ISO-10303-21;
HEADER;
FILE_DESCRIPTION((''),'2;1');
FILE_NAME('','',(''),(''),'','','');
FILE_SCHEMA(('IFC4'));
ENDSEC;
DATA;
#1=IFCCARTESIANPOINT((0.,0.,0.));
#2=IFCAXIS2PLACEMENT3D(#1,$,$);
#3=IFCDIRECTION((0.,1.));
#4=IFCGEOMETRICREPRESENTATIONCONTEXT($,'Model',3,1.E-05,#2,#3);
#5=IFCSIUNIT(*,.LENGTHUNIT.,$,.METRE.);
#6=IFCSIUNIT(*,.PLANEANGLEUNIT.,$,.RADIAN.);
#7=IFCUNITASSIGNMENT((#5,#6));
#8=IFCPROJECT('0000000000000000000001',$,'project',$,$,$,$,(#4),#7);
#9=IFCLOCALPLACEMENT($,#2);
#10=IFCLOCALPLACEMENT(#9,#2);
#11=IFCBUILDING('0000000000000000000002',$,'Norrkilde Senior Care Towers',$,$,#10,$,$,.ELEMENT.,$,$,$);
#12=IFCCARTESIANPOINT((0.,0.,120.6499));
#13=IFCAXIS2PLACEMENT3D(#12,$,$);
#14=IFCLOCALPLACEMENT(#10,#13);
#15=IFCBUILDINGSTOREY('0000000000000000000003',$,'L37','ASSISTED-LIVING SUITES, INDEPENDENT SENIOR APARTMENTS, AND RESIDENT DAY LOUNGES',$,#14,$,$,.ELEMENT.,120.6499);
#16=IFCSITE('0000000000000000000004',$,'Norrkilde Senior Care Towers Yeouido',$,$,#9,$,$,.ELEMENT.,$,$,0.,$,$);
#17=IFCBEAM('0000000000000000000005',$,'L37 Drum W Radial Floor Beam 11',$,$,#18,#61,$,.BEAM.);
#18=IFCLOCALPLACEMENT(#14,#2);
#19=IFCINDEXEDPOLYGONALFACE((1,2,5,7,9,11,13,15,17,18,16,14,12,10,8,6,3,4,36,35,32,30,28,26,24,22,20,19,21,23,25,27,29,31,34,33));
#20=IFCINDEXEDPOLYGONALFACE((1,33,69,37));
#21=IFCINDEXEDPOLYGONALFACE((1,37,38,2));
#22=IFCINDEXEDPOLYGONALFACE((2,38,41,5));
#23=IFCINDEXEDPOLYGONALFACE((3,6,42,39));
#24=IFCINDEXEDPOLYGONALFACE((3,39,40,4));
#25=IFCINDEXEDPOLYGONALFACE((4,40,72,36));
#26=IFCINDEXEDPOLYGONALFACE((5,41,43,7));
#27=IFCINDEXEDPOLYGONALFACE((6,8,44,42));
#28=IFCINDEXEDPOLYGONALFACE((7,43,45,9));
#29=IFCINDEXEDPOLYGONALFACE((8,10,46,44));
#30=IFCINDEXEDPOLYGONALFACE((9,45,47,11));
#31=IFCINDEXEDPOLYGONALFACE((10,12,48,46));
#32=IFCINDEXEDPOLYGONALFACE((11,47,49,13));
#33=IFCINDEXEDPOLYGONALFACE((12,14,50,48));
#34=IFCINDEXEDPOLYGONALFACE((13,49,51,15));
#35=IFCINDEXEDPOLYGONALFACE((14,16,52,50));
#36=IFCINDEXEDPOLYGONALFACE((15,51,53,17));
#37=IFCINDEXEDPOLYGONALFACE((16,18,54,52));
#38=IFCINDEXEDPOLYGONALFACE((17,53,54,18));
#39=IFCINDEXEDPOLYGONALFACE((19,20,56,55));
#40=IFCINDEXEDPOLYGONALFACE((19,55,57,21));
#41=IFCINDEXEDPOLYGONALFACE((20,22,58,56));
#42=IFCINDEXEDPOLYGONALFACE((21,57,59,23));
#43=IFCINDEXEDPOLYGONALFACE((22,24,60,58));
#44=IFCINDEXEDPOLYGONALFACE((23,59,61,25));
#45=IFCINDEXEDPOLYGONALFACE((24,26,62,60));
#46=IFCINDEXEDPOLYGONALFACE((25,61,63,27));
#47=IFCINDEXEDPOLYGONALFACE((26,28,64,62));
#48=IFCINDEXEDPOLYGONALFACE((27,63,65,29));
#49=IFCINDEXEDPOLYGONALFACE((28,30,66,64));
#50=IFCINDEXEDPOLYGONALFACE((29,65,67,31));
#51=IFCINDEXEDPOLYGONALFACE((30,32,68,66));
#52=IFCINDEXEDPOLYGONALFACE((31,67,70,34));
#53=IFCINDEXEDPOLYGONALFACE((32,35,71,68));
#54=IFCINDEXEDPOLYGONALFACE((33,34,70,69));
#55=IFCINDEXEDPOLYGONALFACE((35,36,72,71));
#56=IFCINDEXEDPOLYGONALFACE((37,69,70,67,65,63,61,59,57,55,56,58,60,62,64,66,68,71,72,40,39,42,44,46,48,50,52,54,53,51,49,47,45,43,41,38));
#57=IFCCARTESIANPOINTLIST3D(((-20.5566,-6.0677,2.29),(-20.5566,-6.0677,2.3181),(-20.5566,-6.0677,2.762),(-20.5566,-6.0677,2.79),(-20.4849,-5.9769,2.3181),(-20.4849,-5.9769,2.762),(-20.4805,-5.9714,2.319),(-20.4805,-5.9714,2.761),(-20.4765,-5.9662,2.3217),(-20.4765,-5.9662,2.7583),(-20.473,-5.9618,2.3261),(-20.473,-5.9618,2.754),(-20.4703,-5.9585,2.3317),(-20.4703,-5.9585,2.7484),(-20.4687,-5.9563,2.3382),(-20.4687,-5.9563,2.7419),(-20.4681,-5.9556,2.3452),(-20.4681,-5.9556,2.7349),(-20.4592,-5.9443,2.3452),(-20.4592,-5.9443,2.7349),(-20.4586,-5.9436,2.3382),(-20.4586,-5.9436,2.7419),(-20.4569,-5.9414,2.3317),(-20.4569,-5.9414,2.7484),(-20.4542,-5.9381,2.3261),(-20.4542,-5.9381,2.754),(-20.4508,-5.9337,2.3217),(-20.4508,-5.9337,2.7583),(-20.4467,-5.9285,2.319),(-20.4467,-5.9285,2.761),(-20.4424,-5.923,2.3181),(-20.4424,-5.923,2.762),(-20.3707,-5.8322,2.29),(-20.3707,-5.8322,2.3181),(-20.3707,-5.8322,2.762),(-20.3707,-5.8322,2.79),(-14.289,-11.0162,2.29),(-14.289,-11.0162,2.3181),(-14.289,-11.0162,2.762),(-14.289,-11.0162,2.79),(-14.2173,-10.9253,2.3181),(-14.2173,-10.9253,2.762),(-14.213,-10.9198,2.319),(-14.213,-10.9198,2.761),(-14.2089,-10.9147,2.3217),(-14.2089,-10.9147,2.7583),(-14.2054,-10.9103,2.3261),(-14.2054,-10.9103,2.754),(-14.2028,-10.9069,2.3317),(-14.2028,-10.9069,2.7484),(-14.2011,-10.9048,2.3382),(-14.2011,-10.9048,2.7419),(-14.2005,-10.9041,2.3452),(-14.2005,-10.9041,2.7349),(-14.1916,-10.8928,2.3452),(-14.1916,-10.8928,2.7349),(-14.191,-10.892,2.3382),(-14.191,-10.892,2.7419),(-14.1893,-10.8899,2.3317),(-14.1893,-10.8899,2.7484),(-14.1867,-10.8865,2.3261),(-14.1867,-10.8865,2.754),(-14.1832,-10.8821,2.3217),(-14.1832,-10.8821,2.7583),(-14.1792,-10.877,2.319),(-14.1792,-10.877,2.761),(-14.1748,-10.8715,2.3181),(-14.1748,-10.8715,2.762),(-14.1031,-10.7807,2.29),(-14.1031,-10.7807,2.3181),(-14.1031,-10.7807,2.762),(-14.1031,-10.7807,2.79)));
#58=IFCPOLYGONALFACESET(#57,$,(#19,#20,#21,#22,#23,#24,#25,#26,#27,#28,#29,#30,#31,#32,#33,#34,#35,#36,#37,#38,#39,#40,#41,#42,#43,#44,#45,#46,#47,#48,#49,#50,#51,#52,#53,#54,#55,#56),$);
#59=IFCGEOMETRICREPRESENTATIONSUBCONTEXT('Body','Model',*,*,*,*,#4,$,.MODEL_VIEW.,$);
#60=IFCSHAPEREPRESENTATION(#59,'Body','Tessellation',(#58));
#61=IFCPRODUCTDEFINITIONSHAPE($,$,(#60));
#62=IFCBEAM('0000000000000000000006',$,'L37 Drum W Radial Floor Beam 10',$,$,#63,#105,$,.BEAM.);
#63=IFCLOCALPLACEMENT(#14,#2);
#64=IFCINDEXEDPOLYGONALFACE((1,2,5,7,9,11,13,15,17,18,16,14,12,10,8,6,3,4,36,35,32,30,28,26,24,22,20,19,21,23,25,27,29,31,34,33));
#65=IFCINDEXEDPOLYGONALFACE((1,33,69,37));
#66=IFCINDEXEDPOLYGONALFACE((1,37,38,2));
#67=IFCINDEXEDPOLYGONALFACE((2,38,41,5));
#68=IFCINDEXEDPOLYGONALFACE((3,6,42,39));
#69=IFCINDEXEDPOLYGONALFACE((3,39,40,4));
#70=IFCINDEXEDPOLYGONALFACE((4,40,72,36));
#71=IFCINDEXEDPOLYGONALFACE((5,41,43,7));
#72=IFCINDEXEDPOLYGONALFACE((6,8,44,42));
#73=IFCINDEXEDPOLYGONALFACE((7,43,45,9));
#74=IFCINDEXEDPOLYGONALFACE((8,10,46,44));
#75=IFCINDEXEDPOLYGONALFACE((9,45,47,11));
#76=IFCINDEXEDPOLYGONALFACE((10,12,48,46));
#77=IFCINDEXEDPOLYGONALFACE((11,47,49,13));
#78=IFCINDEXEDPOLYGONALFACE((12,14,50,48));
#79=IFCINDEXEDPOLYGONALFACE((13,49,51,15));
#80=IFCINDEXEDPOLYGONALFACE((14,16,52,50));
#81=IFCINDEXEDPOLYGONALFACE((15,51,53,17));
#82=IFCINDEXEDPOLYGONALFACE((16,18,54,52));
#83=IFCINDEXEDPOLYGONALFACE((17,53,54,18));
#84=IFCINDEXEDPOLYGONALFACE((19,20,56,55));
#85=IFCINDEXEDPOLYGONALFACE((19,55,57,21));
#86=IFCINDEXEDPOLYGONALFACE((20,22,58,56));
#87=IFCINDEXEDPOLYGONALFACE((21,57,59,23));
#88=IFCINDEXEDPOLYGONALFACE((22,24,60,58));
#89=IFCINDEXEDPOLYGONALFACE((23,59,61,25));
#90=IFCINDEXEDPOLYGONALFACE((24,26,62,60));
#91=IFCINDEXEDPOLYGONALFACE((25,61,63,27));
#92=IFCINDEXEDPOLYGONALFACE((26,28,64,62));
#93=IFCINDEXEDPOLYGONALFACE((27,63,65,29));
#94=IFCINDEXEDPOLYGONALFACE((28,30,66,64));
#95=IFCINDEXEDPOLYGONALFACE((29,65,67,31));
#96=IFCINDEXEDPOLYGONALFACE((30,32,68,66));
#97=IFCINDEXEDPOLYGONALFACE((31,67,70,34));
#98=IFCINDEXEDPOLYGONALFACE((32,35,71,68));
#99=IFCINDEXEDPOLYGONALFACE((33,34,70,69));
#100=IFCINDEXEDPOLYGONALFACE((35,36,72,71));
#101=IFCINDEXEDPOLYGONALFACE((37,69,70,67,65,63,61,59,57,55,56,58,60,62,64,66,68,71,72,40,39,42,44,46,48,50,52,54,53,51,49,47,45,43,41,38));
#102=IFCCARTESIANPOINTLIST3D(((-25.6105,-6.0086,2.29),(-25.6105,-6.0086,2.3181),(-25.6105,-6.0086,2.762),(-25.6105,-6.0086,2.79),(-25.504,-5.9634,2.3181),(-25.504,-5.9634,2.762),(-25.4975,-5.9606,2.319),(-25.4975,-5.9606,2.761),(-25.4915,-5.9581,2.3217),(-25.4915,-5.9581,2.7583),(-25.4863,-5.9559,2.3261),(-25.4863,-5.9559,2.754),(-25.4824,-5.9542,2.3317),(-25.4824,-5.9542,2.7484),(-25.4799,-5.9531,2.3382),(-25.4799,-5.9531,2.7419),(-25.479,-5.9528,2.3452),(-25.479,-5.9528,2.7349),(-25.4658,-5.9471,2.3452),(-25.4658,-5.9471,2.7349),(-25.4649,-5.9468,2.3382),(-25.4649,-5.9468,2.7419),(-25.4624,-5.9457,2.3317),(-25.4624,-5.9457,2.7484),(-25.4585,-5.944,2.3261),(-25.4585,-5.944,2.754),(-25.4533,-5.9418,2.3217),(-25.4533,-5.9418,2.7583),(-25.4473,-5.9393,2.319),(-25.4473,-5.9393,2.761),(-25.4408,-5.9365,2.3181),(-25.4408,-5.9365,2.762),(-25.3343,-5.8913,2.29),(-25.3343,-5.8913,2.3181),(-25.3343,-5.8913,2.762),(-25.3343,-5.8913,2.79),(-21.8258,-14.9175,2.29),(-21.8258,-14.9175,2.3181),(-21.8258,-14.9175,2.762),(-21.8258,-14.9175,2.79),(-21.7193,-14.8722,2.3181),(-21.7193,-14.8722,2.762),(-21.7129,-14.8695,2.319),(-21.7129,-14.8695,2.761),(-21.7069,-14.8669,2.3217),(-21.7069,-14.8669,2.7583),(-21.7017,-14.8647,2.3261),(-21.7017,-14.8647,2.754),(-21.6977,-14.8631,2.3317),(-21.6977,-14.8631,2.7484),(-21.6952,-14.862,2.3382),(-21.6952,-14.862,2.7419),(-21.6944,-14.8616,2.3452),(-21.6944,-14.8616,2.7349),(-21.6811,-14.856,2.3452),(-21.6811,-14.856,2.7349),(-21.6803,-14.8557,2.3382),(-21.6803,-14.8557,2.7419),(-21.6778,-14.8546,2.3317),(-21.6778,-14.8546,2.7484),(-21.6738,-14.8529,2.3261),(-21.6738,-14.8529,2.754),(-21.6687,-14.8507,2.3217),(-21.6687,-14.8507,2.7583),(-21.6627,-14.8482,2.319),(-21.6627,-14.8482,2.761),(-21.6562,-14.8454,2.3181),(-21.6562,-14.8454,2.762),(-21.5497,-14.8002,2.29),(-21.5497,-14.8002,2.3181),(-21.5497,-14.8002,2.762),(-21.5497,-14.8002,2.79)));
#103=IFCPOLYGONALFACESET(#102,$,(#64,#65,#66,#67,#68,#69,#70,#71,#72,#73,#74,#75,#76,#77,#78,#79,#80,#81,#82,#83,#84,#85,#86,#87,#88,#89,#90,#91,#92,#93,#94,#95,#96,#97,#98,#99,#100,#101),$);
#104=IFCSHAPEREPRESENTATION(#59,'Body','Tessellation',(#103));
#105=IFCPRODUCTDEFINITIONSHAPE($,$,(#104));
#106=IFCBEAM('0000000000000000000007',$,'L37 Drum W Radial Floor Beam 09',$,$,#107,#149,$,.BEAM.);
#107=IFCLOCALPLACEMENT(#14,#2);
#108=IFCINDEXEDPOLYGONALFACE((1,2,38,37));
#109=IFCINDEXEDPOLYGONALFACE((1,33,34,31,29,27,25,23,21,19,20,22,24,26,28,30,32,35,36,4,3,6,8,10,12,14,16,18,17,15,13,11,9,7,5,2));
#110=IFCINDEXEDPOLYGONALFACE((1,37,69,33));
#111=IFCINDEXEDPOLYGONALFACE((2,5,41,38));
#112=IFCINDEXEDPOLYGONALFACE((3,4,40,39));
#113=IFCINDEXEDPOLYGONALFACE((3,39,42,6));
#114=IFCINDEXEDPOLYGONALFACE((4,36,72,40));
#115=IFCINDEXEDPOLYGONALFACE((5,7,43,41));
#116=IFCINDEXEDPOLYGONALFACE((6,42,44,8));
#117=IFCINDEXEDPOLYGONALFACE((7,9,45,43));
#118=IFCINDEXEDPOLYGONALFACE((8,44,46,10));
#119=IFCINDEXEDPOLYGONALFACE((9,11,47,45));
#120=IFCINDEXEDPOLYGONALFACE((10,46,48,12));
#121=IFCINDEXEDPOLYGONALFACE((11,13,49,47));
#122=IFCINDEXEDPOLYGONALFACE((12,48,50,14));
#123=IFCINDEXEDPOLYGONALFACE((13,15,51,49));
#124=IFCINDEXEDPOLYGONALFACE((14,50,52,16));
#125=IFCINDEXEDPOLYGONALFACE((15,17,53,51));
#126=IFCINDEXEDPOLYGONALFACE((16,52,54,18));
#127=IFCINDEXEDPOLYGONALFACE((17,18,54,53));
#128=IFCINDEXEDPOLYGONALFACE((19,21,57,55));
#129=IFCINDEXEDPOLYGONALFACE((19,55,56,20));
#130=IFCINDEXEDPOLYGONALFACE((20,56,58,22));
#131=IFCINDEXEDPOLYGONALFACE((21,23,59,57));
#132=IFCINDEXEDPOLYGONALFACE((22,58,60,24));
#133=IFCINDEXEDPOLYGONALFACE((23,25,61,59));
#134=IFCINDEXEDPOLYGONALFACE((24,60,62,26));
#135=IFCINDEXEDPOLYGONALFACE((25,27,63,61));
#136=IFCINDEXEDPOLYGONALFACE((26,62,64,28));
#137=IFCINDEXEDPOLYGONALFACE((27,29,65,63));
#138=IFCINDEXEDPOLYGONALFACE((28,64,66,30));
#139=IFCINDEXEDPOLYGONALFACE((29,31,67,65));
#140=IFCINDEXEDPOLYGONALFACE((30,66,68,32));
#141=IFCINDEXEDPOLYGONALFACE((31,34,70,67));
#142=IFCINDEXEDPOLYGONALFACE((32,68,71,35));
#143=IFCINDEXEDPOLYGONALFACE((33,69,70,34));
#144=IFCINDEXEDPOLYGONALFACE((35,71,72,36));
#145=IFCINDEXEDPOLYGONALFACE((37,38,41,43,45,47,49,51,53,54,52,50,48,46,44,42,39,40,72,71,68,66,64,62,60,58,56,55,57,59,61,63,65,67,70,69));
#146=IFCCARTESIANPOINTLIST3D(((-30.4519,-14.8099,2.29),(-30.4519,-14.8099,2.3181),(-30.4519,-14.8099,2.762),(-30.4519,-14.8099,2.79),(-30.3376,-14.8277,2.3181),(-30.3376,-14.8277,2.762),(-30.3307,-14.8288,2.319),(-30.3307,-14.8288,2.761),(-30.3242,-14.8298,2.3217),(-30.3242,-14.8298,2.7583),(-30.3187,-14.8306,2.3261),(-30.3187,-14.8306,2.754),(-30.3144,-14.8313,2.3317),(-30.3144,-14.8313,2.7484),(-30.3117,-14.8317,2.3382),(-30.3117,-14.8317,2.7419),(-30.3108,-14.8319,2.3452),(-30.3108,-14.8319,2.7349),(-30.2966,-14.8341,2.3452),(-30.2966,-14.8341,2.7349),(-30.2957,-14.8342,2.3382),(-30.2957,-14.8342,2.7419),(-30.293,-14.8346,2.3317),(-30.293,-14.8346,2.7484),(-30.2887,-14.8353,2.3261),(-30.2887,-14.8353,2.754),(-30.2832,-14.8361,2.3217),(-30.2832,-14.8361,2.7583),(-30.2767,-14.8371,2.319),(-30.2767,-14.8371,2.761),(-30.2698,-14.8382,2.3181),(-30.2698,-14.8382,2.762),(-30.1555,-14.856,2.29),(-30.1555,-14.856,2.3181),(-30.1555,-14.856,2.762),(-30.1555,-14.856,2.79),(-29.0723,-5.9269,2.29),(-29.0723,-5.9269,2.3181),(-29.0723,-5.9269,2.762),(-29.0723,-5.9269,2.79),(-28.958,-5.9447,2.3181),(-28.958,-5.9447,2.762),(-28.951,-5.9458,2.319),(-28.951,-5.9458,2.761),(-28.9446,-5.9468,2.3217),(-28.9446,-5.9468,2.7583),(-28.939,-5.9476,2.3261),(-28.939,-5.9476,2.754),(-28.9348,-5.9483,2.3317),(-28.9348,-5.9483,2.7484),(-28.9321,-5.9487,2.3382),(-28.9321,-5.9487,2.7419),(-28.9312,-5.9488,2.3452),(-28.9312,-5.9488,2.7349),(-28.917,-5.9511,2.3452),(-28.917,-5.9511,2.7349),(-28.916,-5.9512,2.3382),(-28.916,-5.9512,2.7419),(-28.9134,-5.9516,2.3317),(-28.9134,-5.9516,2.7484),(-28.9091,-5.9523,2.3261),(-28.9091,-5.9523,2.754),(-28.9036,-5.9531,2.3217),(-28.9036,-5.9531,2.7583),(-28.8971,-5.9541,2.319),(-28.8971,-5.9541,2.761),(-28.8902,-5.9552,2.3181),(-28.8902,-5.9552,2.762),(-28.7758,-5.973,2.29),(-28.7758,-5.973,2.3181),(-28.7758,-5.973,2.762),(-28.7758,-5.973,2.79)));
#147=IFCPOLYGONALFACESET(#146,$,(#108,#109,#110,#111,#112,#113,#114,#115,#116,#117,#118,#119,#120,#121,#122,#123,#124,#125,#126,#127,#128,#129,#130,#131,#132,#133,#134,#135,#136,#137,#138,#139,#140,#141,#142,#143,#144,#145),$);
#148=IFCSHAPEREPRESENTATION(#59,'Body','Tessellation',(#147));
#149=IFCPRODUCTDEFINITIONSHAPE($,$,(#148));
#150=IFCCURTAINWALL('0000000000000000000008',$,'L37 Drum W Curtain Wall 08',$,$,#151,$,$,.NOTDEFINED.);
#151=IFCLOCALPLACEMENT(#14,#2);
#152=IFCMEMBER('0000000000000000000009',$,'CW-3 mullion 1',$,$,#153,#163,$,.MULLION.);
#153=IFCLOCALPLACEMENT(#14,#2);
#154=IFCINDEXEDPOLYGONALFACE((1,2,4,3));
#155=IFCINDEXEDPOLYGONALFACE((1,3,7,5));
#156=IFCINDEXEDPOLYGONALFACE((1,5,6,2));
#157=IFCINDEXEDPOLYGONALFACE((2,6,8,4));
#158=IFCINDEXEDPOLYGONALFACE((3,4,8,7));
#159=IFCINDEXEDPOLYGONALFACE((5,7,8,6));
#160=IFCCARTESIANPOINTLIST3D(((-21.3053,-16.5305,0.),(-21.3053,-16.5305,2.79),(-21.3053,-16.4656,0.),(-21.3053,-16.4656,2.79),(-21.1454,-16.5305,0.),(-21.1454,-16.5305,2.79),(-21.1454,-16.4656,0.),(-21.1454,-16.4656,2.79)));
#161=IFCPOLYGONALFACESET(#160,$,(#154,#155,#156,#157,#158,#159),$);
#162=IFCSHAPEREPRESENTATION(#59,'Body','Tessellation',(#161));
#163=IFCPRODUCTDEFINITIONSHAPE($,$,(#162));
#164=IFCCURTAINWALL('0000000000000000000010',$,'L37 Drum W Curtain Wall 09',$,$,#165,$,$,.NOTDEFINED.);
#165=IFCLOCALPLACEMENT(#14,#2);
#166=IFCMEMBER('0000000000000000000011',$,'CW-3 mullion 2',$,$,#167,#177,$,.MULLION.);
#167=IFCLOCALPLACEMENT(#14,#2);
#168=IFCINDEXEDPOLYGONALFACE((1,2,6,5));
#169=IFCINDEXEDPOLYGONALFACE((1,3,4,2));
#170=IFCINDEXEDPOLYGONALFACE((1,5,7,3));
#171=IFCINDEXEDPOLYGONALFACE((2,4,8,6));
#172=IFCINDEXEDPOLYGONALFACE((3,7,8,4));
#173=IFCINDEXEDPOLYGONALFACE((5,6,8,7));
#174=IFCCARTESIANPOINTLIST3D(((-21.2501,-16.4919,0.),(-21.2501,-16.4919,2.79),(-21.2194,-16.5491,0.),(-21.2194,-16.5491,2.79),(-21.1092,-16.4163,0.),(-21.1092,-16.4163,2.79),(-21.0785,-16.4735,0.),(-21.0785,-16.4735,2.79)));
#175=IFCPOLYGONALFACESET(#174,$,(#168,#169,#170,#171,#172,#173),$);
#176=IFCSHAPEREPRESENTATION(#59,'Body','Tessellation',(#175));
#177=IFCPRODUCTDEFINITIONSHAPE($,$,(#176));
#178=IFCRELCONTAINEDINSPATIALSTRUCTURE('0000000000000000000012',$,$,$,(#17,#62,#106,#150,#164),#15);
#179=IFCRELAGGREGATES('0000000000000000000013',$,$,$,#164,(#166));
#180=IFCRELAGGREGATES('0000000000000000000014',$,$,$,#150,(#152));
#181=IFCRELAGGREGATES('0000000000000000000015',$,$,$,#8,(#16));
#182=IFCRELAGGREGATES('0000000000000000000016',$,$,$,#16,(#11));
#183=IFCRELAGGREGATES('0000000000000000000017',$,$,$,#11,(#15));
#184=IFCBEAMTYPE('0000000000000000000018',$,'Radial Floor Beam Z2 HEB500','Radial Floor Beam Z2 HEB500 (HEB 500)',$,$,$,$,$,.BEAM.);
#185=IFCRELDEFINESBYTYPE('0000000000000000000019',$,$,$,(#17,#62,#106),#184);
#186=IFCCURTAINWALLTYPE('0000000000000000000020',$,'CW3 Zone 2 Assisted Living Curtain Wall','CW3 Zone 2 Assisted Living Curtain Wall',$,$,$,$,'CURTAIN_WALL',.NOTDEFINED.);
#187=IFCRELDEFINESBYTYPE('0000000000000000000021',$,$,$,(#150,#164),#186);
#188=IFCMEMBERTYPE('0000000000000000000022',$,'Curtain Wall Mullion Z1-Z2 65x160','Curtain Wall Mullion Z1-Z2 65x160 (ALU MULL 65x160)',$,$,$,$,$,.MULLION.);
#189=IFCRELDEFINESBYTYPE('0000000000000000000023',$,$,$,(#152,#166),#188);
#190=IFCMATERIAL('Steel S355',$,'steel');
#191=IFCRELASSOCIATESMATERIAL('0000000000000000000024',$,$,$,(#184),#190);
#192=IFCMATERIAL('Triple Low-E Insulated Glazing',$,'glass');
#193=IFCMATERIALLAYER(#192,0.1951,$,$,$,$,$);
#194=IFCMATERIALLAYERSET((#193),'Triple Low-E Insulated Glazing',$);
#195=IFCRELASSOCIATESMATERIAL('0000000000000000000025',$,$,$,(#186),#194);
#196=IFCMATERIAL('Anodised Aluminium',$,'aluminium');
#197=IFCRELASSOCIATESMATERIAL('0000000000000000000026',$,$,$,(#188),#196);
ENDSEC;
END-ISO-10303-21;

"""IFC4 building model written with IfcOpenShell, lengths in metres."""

from ifc_helpers import new_model, si_unit, direction, frame, origin, origin_2d, place, context, subcontext, project, spatial, rectangle, i_section, extrude, source, transform, mapped, material, layer, layer_set, material_profile, profile_set, type_object, type_shapes, element, aggregate, save


model = new_model("IFC4")

# Units and contexts
model_context = context("Model", 3, precision=1e-05, world=origin(), true_north=direction((0.0, 1.0)))
body_context = subcontext(model_context, "Body", "Model", "MODEL_VIEW")
ifc_project = project(units=[si_unit("LENGTHUNIT", "METRE"), si_unit("PLANEANGLEUNIT", "RADIAN")], contexts=[model_context])

# Site, building, storey
site_placement = place(None, origin())
site = spatial("IfcSite", under=ifc_project, at=site_placement, Name="Norrkilde Senior Care Towers Yeouido", CompositionType="ELEMENT", RefElevation=0.0)
building_placement = place(site_placement, origin())
building = spatial("IfcBuilding", under=site, at=building_placement, Name="Norrkilde Senior Care Towers", CompositionType="ELEMENT")
storey_placement = place(building_placement, frame((0.0, 0.0, 120.6499)))
storey = spatial("IfcBuildingStorey", under=building, at=storey_placement, Name="L37", Description="ASSISTED-LIVING SUITES, INDEPENDENT SENIOR APARTMENTS, AND RESIDENT DAY LOUNGES", CompositionType="ELEMENT", Elevation=120.6499)

# Beams
ifc_material_1 = material(Name="Steel S355", Category="steel")
ifc_material_profile_1 = material_profile(ifc_material_1, i_section(OverallWidth=0.3, OverallDepth=0.5, WebThickness=0.0144, FlangeThickness=0.0281, FilletRadius=0.0271, at=origin_2d()), Name="HEB 500")
ifc_profile_set_1 = profile_set([ifc_material_profile_1], Name="Steel S355")
beam_type_1 = type_object("IfcBeamType", Name="Radial Floor Beam Z2 HEB500", Description="Radial Floor Beam Z2 HEB500 (HEB 500)", PredefinedType="BEAM", material=ifc_profile_set_1)
shared_shape_1 = source(origin(), body_context, "Body", "SweptSolid", [
    extrude(i_section(OverallWidth=0.3, OverallDepth=0.5, WebThickness=0.0144, FlangeThickness=0.0281, FilletRadius=0.0271, at=origin_2d()), origin(), (0.0, 0.0, 1.0), 7.9856),
])
beam_1_placement = place(storey_placement, frame((-20.4636, -5.95, 2.54), z_axis=(0.784859, -0.619675, 0.0), x_axis=(0.619675, 0.784859, 0.0)))
element("IfcBeam", 1, at=beam_1_placement, inside=storey, type_object=beam_type_1, Name="L37 Drum W Radial Floor Beam 11", PredefinedType="BEAM", context=body_context, shape_type="MappedRepresentation", body=[
    mapped(shared_shape_1, transform((0.0, 0.0, 0.0), x_axis=(1.0, 0.0, 0.0), y_axis=(0.0, 1.0, 0.0), z_axis=(0.0, 0.0, 1.0), scale=1.0)),
])
shared_shape_2 = source(origin(), body_context, "Body", "SweptSolid", [
    extrude(i_section(OverallWidth=0.3, OverallDepth=0.5, WebThickness=0.0144, FlangeThickness=0.0281, FilletRadius=0.0271, at=origin_2d()), origin(), (0.0, 0.0, 1.0), 9.6794),
])
beam_2_placement = place(storey_placement, frame((-25.4724, -5.95, 2.54), z_axis=(0.390998, -0.920392, 0.0), x_axis=(0.920392, 0.390998, 0.0)))
element("IfcBeam", 2, at=beam_2_placement, inside=storey, type_object=beam_type_1, Name="L37 Drum W Radial Floor Beam 10", PredefinedType="BEAM", context=body_context, shape_type="MappedRepresentation", body=[
    mapped(shared_shape_2, transform((0.0, 0.0, 0.0), x_axis=(1.0, 0.0, 0.0), y_axis=(0.0, 1.0, 0.0), z_axis=(0.0, 0.0, 1.0), scale=1.0)),
])
shared_shape_3 = source(origin(), body_context, "Body", "SweptSolid", [
    extrude(i_section(OverallWidth=0.3, OverallDepth=0.5, WebThickness=0.0144, FlangeThickness=0.0281, FilletRadius=0.0271, at=origin_2d()), origin(), (0.0, 0.0, 1.0), 8.9895),
])
beam_3_placement = place(storey_placement, frame((-28.9241, -5.95, 2.54), z_axis=(-0.153471, -0.988153, 0.0), x_axis=(0.988153, -0.153471, 0.0)))
element("IfcBeam", 3, at=beam_3_placement, inside=storey, type_object=beam_type_1, Name="L37 Drum W Radial Floor Beam 09", PredefinedType="BEAM", context=body_context, shape_type="MappedRepresentation", body=[
    mapped(shared_shape_3, transform((0.0, 0.0, 0.0), x_axis=(1.0, 0.0, 0.0), y_axis=(0.0, 1.0, 0.0), z_axis=(0.0, 0.0, 1.0), scale=1.0)),
])

# Curtain walls, members
ifc_material_2 = material(Name="Triple Low-E Insulated Glazing", Category="glass")
ifc_layer_1 = layer(ifc_material_2, 0.1951)
ifc_layer_set_1 = layer_set([ifc_layer_1], Name="Triple Low-E Insulated Glazing")
curtain_wall_type = type_object("IfcCurtainWallType", Name="CW3 Zone 2 Assisted Living Curtain Wall", Description="CW3 Zone 2 Assisted Living Curtain Wall", ElementType="CURTAIN_WALL", PredefinedType="NOTDEFINED", material=ifc_layer_set_1)
curtain_wall_1_placement = place(storey_placement, origin())
curtain_wall_1 = element("IfcCurtainWall", 4, at=curtain_wall_1_placement, inside=storey, type_object=curtain_wall_type, Name="L37 Drum W Curtain Wall 08", PredefinedType="NOTDEFINED")
ifc_material_3 = material(Name="Anodised Aluminium", Category="aluminium")
ifc_material_profile_2 = material_profile(ifc_material_3, rectangle(XDim=0.0649, YDim=0.1599, at=origin_2d()), Name="ALU MULL 65x160")
ifc_profile_set_2 = profile_set([ifc_material_profile_2], Name="Anodised Aluminium")
member_type_1 = type_object("IfcMemberType", Name="Curtain Wall Mullion Z1-Z2 65x160", Description="Curtain Wall Mullion Z1-Z2 65x160 (ALU MULL 65x160)", PredefinedType="MULLION", material=ifc_profile_set_2)
shared_shape_4 = source(origin(), body_context, "Body", "SweptSolid", [
    extrude(rectangle(XDim=0.0649, YDim=0.1599, at=origin_2d()), origin(), (0.0, 0.0, 1.0), 2.79),
])
type_shapes(member_type_1, [shared_shape_4])
member_1_placement = place(storey_placement, frame((-21.2253, -16.498, 0.0), z_axis=(0.0, 0.0, 1.0), x_axis=(0.0, -1.0, 0.0)))
member_1 = element("IfcMember", 5, at=member_1_placement, type_object=member_type_1, Name="CW-3 mullion 1", PredefinedType="MULLION", context=body_context, shape_type="MappedRepresentation", body=[
    mapped(shared_shape_4, transform((0.0, 0.0, 0.0), x_axis=(1.0, 0.0, 0.0), y_axis=(0.0, 1.0, 0.0), z_axis=(0.0, 0.0, 1.0), scale=1.0)),
])
curtain_wall_2_placement = place(storey_placement, origin())
curtain_wall_2 = element("IfcCurtainWall", 6, at=curtain_wall_2_placement, inside=storey, type_object=curtain_wall_type, Name="L37 Drum W Curtain Wall 09", PredefinedType="NOTDEFINED")
member_2_placement = place(storey_placement, frame((-21.1643, -16.4827, 0.0), z_axis=(0.0, 0.0, 1.0), x_axis=(0.472769, -0.881186, 0.0)))
member_2 = element("IfcMember", 7, at=member_2_placement, type_object=member_type_1, Name="CW-3 mullion 2", PredefinedType="MULLION", context=body_context, shape_type="MappedRepresentation", body=[
    mapped(shared_shape_4, transform((0.0, 0.0, 0.0), x_axis=(1.0, 0.0, 0.0), y_axis=(0.0, 1.0, 0.0), z_axis=(0.0, 0.0, 1.0), scale=1.0)),
])
aggregate(curtain_wall_2, [member_2])

aggregate(curtain_wall_1, [member_1])

save(model, "model.ifc")
